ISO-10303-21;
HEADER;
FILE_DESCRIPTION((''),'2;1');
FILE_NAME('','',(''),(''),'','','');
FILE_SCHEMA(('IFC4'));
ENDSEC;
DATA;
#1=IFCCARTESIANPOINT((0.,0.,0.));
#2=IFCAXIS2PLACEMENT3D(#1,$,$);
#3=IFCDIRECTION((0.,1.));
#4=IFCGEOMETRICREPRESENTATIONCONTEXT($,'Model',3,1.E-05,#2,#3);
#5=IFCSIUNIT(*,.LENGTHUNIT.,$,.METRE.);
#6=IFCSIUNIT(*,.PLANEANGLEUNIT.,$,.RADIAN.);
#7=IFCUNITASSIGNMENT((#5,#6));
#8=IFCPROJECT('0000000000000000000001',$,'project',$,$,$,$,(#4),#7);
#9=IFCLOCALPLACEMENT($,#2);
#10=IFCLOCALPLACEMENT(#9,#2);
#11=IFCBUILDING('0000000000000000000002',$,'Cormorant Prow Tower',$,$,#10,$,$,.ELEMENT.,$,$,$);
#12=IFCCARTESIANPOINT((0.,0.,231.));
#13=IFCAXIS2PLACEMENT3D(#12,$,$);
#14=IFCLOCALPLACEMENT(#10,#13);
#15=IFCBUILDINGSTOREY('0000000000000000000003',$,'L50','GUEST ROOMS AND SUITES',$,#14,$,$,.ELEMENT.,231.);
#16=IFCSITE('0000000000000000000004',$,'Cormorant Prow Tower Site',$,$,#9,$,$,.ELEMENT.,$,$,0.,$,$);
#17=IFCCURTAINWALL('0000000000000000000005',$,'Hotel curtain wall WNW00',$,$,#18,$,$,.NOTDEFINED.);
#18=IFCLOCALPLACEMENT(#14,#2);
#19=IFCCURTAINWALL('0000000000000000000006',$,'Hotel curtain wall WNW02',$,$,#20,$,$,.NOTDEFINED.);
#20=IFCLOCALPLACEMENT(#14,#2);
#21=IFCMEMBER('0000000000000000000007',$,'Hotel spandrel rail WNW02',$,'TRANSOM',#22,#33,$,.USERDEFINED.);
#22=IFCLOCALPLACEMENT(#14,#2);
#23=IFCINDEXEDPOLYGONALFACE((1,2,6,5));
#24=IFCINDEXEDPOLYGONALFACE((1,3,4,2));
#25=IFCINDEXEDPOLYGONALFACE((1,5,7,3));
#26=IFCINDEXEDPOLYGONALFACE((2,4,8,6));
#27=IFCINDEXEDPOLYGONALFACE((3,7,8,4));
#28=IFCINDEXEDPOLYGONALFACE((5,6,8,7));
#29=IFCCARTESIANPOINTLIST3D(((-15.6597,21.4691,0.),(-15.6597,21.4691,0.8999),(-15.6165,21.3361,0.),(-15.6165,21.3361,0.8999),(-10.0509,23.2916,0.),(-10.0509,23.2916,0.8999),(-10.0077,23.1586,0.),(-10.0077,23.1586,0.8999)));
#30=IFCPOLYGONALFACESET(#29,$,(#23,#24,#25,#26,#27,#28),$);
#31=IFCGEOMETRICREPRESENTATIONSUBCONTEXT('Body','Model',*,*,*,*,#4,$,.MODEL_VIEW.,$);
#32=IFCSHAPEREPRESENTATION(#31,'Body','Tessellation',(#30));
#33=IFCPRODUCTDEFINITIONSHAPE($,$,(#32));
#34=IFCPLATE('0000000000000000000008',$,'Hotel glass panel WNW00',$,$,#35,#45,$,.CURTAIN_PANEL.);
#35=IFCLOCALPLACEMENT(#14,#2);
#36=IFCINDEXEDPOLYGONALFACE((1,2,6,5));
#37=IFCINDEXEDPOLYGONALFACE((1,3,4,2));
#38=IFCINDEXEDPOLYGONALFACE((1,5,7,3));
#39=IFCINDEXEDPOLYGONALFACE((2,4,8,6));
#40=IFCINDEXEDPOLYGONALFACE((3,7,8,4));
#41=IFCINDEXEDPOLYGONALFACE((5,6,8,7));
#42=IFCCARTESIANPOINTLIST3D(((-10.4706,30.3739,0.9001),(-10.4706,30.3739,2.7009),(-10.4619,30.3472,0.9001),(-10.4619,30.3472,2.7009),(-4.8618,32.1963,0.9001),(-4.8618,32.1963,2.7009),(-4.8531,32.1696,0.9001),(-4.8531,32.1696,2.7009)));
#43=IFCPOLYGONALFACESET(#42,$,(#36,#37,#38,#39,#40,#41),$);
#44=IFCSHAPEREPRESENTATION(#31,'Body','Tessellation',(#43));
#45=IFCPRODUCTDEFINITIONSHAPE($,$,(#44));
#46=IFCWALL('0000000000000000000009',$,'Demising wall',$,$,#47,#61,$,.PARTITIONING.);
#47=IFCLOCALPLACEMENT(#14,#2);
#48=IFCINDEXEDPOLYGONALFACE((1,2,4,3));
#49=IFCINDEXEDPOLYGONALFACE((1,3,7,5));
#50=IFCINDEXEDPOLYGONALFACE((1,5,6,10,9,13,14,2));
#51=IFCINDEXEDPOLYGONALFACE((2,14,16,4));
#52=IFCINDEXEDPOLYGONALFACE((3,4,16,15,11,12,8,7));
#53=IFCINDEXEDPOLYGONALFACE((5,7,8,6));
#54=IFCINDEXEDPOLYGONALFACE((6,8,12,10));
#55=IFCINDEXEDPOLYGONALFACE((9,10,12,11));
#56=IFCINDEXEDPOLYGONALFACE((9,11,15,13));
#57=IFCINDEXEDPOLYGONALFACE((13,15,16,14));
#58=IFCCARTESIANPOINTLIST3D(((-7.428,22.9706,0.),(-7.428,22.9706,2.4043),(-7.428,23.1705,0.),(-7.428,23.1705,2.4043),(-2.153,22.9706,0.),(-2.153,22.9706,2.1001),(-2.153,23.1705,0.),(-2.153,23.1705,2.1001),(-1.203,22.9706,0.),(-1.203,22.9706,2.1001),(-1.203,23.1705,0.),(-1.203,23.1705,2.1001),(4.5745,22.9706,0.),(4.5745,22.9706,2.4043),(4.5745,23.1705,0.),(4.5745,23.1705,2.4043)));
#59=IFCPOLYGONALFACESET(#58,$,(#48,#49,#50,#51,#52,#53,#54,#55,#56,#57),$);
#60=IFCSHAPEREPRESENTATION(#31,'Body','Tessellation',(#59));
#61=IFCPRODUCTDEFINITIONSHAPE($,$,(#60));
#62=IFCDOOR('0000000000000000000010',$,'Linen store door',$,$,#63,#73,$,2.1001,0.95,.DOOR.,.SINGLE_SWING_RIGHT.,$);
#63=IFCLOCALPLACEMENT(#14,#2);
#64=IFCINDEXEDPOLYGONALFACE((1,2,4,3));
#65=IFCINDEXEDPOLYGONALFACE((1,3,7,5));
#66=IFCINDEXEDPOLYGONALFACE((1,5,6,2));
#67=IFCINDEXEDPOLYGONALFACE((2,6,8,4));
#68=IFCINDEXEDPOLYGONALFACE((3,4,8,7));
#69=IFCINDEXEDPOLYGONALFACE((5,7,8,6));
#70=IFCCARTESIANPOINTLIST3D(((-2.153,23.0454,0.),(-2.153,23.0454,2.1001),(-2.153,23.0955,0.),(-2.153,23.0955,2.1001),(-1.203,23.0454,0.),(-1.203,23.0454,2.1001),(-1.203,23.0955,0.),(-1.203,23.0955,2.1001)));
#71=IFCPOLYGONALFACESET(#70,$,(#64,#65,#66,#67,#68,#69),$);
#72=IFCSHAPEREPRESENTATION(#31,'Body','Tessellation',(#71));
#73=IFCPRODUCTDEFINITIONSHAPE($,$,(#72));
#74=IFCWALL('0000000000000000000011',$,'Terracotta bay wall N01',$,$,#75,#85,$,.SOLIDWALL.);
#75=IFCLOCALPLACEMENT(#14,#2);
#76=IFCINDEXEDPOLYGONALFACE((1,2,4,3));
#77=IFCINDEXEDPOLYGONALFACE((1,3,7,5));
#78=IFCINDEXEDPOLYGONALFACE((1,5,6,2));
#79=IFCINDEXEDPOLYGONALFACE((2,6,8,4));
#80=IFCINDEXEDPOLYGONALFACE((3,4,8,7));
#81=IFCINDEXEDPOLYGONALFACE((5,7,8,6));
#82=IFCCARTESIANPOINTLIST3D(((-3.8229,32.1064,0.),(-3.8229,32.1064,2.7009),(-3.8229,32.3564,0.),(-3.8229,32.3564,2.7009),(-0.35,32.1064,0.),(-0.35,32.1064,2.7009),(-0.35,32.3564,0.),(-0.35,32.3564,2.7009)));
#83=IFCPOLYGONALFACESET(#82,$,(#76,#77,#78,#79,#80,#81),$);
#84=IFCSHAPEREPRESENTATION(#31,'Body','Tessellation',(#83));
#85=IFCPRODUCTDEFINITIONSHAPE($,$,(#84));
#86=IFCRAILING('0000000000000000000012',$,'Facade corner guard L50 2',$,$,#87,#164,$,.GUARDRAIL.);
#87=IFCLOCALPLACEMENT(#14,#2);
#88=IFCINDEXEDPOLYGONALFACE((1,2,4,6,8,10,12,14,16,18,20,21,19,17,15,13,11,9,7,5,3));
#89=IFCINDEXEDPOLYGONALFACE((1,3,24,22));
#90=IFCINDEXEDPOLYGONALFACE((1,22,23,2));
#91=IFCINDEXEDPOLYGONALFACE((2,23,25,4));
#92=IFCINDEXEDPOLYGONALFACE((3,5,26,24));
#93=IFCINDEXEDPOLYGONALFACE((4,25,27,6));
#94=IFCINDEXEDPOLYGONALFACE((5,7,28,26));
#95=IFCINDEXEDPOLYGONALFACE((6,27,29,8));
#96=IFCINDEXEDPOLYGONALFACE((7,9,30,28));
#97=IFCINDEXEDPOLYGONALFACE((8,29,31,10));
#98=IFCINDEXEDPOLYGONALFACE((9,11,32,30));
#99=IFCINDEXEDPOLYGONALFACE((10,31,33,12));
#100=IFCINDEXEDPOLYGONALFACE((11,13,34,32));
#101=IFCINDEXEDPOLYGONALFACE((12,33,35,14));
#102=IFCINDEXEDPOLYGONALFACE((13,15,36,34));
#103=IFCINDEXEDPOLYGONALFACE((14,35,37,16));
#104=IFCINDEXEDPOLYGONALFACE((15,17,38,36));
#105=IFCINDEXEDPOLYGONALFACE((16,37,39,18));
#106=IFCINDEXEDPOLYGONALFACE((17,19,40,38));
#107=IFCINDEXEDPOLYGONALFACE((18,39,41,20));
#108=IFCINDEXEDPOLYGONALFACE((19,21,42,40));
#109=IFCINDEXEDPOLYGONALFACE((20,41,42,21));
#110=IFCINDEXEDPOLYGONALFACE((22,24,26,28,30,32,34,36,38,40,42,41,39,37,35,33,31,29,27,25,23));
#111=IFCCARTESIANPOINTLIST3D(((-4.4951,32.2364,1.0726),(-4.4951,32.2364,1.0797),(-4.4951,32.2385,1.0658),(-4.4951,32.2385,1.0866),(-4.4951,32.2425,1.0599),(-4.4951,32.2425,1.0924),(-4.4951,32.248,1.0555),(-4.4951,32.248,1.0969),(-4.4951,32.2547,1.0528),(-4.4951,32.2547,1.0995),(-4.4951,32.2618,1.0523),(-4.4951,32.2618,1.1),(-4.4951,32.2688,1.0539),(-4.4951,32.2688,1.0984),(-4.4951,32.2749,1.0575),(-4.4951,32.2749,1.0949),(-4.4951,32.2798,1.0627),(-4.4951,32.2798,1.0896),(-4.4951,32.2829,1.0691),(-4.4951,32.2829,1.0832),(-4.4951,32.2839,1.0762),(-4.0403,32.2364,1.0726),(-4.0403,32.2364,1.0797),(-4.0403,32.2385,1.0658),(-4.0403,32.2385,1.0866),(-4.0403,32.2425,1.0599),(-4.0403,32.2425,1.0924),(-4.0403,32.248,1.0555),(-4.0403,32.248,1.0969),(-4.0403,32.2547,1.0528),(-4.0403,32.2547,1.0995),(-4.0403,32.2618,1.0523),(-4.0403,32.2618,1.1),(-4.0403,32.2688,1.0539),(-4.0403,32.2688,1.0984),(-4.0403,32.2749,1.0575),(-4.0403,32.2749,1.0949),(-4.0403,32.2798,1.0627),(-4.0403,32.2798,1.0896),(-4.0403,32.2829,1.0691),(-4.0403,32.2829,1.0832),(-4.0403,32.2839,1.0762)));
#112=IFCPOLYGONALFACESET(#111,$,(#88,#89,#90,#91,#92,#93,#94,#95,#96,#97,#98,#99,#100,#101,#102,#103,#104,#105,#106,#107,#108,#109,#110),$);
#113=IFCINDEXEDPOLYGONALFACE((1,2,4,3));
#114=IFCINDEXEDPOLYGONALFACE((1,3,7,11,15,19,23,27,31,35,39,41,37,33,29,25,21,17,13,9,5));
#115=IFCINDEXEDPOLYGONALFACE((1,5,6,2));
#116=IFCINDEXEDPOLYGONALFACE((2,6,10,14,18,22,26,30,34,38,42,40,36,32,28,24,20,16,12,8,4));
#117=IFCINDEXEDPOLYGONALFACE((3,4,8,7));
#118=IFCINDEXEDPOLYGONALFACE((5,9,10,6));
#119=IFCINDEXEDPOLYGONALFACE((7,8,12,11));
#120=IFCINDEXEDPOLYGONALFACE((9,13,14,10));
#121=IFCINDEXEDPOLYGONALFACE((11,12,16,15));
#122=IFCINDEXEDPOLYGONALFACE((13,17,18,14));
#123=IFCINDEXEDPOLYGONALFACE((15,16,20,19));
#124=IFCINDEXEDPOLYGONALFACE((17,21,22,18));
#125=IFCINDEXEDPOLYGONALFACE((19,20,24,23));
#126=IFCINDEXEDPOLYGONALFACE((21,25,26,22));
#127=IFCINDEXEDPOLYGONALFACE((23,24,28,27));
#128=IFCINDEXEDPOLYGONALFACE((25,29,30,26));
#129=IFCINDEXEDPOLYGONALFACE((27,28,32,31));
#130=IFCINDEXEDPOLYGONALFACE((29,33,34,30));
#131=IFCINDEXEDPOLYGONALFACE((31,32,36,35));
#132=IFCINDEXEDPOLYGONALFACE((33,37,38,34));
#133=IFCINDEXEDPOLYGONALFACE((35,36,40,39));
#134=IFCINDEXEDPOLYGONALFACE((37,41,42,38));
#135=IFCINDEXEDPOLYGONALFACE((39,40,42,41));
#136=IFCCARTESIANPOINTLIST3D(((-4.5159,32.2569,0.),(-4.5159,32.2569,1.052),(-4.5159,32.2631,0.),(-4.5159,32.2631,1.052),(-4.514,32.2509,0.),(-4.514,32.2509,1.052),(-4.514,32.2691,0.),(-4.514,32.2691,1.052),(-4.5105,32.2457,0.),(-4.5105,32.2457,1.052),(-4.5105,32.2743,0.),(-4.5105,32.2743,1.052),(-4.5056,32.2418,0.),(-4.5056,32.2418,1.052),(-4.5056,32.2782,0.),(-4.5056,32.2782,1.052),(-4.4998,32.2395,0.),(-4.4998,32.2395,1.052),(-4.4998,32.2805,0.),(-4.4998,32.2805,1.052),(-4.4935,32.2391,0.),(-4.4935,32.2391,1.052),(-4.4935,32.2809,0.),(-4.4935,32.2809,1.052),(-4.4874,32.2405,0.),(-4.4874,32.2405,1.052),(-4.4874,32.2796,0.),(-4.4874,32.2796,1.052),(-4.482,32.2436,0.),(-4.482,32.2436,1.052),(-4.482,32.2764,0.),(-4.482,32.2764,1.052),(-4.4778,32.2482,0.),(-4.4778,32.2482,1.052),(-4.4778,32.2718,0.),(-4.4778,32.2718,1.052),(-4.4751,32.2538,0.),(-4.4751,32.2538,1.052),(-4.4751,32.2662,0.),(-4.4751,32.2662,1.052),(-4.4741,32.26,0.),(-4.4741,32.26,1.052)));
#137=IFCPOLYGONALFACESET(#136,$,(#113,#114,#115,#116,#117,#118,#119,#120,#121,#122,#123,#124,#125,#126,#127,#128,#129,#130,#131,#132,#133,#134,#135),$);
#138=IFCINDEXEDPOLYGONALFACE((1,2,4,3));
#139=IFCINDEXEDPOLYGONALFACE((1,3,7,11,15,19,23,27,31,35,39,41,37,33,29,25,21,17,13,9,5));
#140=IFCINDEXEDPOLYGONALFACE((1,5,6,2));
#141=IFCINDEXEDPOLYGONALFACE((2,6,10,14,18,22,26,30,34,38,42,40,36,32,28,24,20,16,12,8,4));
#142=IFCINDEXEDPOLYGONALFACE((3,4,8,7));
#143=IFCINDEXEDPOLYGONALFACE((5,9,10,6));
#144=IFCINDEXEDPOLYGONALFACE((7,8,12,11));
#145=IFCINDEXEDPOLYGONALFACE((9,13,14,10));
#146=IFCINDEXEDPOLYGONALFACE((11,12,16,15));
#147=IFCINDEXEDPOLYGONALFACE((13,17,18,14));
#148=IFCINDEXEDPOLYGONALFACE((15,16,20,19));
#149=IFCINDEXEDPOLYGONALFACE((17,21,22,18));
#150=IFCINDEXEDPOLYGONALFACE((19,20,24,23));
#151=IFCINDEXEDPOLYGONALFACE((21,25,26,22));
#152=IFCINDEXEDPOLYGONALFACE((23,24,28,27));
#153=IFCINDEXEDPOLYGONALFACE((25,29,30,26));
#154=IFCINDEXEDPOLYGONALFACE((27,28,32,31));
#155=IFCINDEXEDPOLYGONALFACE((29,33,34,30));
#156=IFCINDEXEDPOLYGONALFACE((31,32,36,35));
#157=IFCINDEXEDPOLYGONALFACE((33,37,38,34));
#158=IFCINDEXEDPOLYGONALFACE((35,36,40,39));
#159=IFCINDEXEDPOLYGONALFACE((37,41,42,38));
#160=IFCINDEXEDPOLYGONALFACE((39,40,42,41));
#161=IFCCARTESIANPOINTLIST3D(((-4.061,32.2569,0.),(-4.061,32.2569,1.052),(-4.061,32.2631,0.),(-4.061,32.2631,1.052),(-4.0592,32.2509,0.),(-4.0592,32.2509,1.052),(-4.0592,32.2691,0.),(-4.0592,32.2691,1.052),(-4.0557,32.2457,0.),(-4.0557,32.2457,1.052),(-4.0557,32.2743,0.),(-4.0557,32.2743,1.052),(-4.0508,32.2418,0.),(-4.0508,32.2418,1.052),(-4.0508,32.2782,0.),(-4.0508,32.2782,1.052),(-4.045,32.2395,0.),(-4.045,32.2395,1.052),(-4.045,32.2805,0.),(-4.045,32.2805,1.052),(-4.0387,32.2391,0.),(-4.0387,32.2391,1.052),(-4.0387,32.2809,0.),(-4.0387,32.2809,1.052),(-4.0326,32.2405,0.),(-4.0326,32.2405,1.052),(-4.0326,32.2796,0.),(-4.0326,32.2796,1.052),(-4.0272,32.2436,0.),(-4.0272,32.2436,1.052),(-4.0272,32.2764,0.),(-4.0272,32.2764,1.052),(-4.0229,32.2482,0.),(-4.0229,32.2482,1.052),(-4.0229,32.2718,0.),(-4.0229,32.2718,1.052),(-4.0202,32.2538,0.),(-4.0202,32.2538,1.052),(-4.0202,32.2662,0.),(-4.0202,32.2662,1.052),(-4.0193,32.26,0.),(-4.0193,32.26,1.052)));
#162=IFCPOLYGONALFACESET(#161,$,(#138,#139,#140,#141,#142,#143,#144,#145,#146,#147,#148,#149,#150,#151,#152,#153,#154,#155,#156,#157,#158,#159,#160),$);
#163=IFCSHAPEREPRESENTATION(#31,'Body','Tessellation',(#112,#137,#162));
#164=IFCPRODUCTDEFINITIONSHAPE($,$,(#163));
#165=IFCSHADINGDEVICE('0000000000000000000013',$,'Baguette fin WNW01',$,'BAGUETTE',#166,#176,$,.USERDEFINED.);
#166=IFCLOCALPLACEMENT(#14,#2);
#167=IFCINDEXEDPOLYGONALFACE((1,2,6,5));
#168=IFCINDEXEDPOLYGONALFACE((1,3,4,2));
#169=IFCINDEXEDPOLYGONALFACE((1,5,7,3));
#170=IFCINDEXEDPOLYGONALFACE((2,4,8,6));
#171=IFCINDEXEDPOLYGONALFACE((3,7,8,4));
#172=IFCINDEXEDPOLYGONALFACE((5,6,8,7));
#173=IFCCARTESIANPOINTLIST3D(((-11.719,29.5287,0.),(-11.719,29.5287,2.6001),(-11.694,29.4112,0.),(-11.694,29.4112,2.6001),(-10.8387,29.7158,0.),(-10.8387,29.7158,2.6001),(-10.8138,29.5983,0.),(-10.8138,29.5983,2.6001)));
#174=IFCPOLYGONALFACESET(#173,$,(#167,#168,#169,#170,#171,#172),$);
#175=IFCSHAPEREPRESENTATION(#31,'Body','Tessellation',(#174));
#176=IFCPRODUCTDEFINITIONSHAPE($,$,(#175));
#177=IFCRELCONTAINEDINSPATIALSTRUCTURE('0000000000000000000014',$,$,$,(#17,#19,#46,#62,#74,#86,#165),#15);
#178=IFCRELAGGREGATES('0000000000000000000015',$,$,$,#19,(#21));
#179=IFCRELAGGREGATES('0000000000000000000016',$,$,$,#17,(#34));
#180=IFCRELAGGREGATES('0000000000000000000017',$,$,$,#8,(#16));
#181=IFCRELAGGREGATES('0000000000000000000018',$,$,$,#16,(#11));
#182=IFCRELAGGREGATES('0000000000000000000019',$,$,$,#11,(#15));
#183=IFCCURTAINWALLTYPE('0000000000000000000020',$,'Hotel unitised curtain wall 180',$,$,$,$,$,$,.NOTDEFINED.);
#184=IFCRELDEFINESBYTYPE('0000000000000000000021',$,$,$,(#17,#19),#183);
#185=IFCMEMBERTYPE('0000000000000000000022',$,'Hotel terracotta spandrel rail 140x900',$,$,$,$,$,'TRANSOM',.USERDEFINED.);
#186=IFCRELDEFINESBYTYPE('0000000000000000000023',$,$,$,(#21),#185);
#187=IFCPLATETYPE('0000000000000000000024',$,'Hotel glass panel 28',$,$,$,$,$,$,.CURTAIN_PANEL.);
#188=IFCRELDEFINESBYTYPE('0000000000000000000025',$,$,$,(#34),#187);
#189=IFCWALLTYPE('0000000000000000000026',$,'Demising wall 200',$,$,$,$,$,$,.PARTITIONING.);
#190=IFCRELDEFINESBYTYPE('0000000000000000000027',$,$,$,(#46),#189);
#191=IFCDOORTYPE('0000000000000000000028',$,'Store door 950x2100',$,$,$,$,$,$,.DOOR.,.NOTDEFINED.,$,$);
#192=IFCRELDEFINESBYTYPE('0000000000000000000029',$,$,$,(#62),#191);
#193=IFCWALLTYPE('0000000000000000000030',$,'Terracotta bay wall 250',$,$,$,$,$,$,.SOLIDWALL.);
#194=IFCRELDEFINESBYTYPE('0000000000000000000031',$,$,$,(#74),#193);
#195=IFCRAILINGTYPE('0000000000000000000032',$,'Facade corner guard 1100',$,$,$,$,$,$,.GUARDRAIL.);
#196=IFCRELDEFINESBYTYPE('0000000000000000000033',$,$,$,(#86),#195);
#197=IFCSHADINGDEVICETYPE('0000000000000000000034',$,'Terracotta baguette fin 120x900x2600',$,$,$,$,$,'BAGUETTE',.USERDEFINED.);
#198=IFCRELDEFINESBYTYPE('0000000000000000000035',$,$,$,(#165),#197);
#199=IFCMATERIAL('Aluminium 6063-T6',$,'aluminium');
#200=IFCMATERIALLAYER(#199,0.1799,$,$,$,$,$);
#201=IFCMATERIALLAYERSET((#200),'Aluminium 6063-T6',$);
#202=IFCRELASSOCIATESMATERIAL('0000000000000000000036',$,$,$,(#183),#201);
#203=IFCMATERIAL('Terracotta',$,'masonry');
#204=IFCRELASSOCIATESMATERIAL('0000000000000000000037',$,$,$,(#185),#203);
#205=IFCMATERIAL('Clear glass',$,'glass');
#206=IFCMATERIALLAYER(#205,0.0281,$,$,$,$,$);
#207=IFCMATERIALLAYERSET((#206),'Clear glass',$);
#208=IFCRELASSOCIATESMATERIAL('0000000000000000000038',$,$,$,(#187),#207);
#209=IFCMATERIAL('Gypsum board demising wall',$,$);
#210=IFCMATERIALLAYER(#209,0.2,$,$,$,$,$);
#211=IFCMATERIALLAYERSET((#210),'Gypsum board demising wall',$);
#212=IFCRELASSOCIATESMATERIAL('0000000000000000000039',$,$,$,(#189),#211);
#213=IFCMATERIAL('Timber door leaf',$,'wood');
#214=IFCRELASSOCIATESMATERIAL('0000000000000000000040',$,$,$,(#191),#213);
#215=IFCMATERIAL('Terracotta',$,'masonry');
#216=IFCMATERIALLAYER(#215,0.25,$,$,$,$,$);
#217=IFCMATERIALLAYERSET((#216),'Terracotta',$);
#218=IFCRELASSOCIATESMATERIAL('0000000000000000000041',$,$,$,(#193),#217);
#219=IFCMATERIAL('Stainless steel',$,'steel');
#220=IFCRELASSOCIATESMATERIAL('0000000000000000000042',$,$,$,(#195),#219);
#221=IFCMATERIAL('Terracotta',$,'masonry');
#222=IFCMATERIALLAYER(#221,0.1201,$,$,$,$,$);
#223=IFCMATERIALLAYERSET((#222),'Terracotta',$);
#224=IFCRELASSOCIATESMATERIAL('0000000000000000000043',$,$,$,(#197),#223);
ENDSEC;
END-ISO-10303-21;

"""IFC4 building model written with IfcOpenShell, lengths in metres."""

from ifc_helpers import new_model, si_unit, direction, frame, frame_2d, origin, origin_2d, place, context, subcontext, project, spatial, rectangle, circle, extrude, material, layer, layer_set, material_profile, profile_set, type_object, element, fill, aggregate, save


model = new_model("IFC4")

# Units and contexts
model_context = context("Model", 3, precision=1e-05, world=origin(), true_north=direction((0.0, 1.0)))
body_context = subcontext(model_context, "Body", "Model", "MODEL_VIEW")
ifc_project = project(units=[si_unit("LENGTHUNIT", "METRE"), si_unit("PLANEANGLEUNIT", "RADIAN")], contexts=[model_context])

# Site, building, storey
site_placement = place(None, origin())
site = spatial("IfcSite", under=ifc_project, at=site_placement, Name="Cormorant Prow Tower Site", CompositionType="ELEMENT", RefElevation=0.0)
building_placement = place(site_placement, origin())
building = spatial("IfcBuilding", under=site, at=building_placement, Name="Cormorant Prow Tower", CompositionType="ELEMENT")
storey_placement = place(building_placement, frame((0.0, 0.0, 231.0)))
storey = spatial("IfcBuildingStorey", under=building, at=storey_placement, Name="L50", Description="GUEST ROOMS AND SUITES", CompositionType="ELEMENT", Elevation=231.0)

# Curtain walls
ifc_material_1 = material(Name="Aluminium 6063-T6", Category="aluminium")
ifc_layer_1 = layer(ifc_material_1, 0.1799)
ifc_layer_set_1 = layer_set([ifc_layer_1], Name="Aluminium 6063-T6")
curtain_wall_type = type_object("IfcCurtainWallType", Name="Hotel unitised curtain wall 180", PredefinedType="NOTDEFINED", material=ifc_layer_set_1)
curtain_wall_1_placement = place(storey_placement, origin())
curtain_wall_1 = element("IfcCurtainWall", 1, at=curtain_wall_1_placement, inside=storey, type_object=curtain_wall_type, Name="Hotel curtain wall WNW00", PredefinedType="NOTDEFINED")
curtain_wall_2_placement = place(storey_placement, origin())
curtain_wall_2 = element("IfcCurtainWall", 2, at=curtain_wall_2_placement, inside=storey, type_object=curtain_wall_type, Name="Hotel curtain wall WNW02", PredefinedType="NOTDEFINED")

# Member
ifc_material_2 = material(Name="Terracotta", Category="masonry")
ifc_material_profile_1 = material_profile(ifc_material_2, rectangle(XDim=0.1399, YDim=0.8999, at=origin_2d()), Name="Hotel terracotta spandrel rail 140x900")
ifc_profile_set_1 = profile_set([ifc_material_profile_1], Name="Terracotta")
member_type_1 = type_object("IfcMemberType", Name="Hotel terracotta spandrel rail 140x900", ElementType="TRANSOM", PredefinedType="USERDEFINED", material=ifc_profile_set_1)
member_1_placement = place(storey_placement, frame((-10.0293, 23.2251, 0.45), z_axis=(-0.951053, -0.309028, 0.0), x_axis=(0.309028, -0.951053, 0.0)))
member_1 = element("IfcMember", 3, at=member_1_placement, type_object=member_type_1, Name="Hotel spandrel rail WNW02", ObjectType="TRANSOM", PredefinedType="USERDEFINED", context=body_context, shape_type="SweptSolid", body=[
    extrude(rectangle(XDim=0.1399, YDim=0.8999, at=origin_2d()), origin(), (0.0, 0.0, 1.0), 5.8975),
])
aggregate(curtain_wall_2, [member_1])

# Plate
ifc_material_3 = material(Name="Clear glass", Category="glass")
ifc_layer_2 = layer(ifc_material_3, 0.0281)
ifc_layer_set_2 = layer_set([ifc_layer_2], Name="Clear glass")
plate_type = type_object("IfcPlateType", Name="Hotel glass panel 28", PredefinedType="CURTAIN_PANEL", material=ifc_layer_set_2)
plate_placement = place(storey_placement, frame((-7.6619, 31.2717, 0.9001), z_axis=(0.0, 0.0, 1.0), x_axis=(-0.951057, -0.309017, 0.0)))
plate = element("IfcPlate", 4, at=plate_placement, type_object=plate_type, Name="Hotel glass panel WNW00", PredefinedType="CURTAIN_PANEL", context=body_context, shape_type="SweptSolid", body=[
    extrude(rectangle(XDim=5.8975, YDim=0.0281, at=origin_2d()), origin(), (0.0, 0.0, 1.0), 1.8008),
])
aggregate(curtain_wall_1, [plate])

# Wall, opening, door
ifc_material_4 = material(Name="Gypsum board demising wall")
ifc_layer_3 = layer(ifc_material_4, 0.2)
ifc_layer_set_3 = layer_set([ifc_layer_3], Name="Gypsum board demising wall")
wall_type_1 = type_object("IfcWallType", Name="Demising wall 200", PredefinedType="PARTITIONING", material=ifc_layer_set_3)
wall_1_placement = place(storey_placement, frame((-7.428, 23.0706, 0.0), z_axis=(0.0, 0.0, 1.0), x_axis=(1.0, 0.0, 0.0)))
wall_1 = element("IfcWall", 5, at=wall_1_placement, inside=storey, type_object=wall_type_1, Name="Demising wall", PredefinedType="PARTITIONING", context=body_context, shape_type="SweptSolid", body=[
    extrude(rectangle(XDim=12.0024, YDim=0.2, at=frame_2d((6.0012, 0.0))), origin(), (0.0, 0.0, 1.0), 2.4043),
])
opening_1_placement = place(wall_1_placement, frame((5.2749, 0.0, 0.0)))
opening_1 = element("IfcOpeningElement", 6, at=opening_1_placement, cuts=wall_1, PredefinedType="OPENING", context=body_context, shape_type="SweptSolid", body=[
    extrude(rectangle(XDim=0.95, YDim=2.1001, at=frame_2d((0.4751, 1.05))), frame((0.0, 0.1099, 0.0), z_axis=(0.0, -1.0, 0.0), x_axis=(1.0, 0.0, 0.0)), (0.0, 0.0, 1.0), 0.22),
])
ifc_material_5 = material(Name="Timber door leaf", Category="wood")
door_type_1 = type_object("IfcDoorType", Name="Store door 950x2100", OperationType="NOTDEFINED", PredefinedType="DOOR", material=ifc_material_5)
door_1_placement = place(opening_1_placement, origin())
door_1 = element("IfcDoor", 7, at=door_1_placement, inside=storey, type_object=door_type_1, Name="Linen store door", OperationType="SINGLE_SWING_RIGHT", OverallHeight=2.1001, OverallWidth=0.95, PredefinedType="DOOR", context=body_context, shape_type="SweptSolid", body=[
    extrude(rectangle(XDim=0.95, YDim=2.1001, at=frame_2d((0.4751, 1.05))), frame((0.0, 0.0249, 0.0), z_axis=(0.0, -1.0, 0.0), x_axis=(1.0, 0.0, 0.0)), (0.0, 0.0, 1.0), 0.05),
])
fill(opening_1, door_1)

# Wall
ifc_material_6 = material(Name="Terracotta", Category="masonry")
ifc_layer_4 = layer(ifc_material_6, 0.25)
ifc_layer_set_4 = layer_set([ifc_layer_4], Name="Terracotta")
wall_type_2 = type_object("IfcWallType", Name="Terracotta bay wall 250", PredefinedType="SOLIDWALL", material=ifc_layer_set_4)
wall_2_placement = place(storey_placement, frame((-0.3501, 32.2314, 0.0), z_axis=(0.0, 0.0, 1.0), x_axis=(-1.0, 0.0, 0.0)))
element("IfcWall", 8, at=wall_2_placement, inside=storey, type_object=wall_type_2, Name="Terracotta bay wall N01", PredefinedType="SOLIDWALL", context=body_context, shape_type="SweptSolid", body=[
    extrude(rectangle(XDim=3.4729, YDim=0.25, at=frame_2d((1.7363, 0.0))), origin(), (0.0, 0.0, 1.0), 2.7009),
])

# Railing
ifc_material_7 = material(Name="Stainless steel", Category="steel")
railing_type_1 = type_object("IfcRailingType", Name="Facade corner guard 1100", PredefinedType="GUARDRAIL", material=ifc_material_7)
railing_1_placement = place(storey_placement, frame((-4.4951, 32.26, 0.0)))
element("IfcRailing", 9, at=railing_1_placement, inside=storey, type_object=railing_type_1, Name="Facade corner guard L50 2", PredefinedType="GUARDRAIL", context=body_context, shape_type="SweptSolid", body=[
    extrude(circle(Radius=0.0239, at=origin_2d()), frame((0.0, 0.0, 1.0762), z_axis=(1.0, 0.0, 0.0), x_axis=(0.0, 1.0, 0.0)), (0.0, 0.0, 1.0), 0.4548),
    extrude(circle(Radius=0.021, at=origin_2d()), origin(), (0.0, 0.0, 1.0), 1.052),
    extrude(circle(Radius=0.021, at=origin_2d()), frame((0.4548, 0.0, 0.0)), (0.0, 0.0, 1.0), 1.052),
])

# Shading device
ifc_material_8 = material(Name="Terracotta", Category="masonry")
ifc_layer_5 = layer(ifc_material_8, 0.1201)
ifc_layer_set_5 = layer_set([ifc_layer_5], Name="Terracotta")
shading_device_type = type_object("IfcShadingDeviceType", Name="Terracotta baguette fin 120x900x2600", ElementType="BAGUETTE", PredefinedType="USERDEFINED", material=ifc_layer_set_5)
shading_device_placement = place(storey_placement, frame((-11.2664, 29.5635, 0.0), z_axis=(0.0, 0.0, 1.0), x_axis=(0.207912, -0.978148, 0.0)))
element("IfcShadingDevice", 10, at=shading_device_placement, inside=storey, type_object=shading_device_type, Name="Baguette fin WNW01", ObjectType="BAGUETTE", PredefinedType="USERDEFINED", context=body_context, shape_type="SweptSolid", body=[
    extrude(rectangle(XDim=0.1201, YDim=0.8999, at=origin_2d()), origin(), (0.0, 0.0, 1.0), 2.6001),
])

save(model, "model.ifc")
